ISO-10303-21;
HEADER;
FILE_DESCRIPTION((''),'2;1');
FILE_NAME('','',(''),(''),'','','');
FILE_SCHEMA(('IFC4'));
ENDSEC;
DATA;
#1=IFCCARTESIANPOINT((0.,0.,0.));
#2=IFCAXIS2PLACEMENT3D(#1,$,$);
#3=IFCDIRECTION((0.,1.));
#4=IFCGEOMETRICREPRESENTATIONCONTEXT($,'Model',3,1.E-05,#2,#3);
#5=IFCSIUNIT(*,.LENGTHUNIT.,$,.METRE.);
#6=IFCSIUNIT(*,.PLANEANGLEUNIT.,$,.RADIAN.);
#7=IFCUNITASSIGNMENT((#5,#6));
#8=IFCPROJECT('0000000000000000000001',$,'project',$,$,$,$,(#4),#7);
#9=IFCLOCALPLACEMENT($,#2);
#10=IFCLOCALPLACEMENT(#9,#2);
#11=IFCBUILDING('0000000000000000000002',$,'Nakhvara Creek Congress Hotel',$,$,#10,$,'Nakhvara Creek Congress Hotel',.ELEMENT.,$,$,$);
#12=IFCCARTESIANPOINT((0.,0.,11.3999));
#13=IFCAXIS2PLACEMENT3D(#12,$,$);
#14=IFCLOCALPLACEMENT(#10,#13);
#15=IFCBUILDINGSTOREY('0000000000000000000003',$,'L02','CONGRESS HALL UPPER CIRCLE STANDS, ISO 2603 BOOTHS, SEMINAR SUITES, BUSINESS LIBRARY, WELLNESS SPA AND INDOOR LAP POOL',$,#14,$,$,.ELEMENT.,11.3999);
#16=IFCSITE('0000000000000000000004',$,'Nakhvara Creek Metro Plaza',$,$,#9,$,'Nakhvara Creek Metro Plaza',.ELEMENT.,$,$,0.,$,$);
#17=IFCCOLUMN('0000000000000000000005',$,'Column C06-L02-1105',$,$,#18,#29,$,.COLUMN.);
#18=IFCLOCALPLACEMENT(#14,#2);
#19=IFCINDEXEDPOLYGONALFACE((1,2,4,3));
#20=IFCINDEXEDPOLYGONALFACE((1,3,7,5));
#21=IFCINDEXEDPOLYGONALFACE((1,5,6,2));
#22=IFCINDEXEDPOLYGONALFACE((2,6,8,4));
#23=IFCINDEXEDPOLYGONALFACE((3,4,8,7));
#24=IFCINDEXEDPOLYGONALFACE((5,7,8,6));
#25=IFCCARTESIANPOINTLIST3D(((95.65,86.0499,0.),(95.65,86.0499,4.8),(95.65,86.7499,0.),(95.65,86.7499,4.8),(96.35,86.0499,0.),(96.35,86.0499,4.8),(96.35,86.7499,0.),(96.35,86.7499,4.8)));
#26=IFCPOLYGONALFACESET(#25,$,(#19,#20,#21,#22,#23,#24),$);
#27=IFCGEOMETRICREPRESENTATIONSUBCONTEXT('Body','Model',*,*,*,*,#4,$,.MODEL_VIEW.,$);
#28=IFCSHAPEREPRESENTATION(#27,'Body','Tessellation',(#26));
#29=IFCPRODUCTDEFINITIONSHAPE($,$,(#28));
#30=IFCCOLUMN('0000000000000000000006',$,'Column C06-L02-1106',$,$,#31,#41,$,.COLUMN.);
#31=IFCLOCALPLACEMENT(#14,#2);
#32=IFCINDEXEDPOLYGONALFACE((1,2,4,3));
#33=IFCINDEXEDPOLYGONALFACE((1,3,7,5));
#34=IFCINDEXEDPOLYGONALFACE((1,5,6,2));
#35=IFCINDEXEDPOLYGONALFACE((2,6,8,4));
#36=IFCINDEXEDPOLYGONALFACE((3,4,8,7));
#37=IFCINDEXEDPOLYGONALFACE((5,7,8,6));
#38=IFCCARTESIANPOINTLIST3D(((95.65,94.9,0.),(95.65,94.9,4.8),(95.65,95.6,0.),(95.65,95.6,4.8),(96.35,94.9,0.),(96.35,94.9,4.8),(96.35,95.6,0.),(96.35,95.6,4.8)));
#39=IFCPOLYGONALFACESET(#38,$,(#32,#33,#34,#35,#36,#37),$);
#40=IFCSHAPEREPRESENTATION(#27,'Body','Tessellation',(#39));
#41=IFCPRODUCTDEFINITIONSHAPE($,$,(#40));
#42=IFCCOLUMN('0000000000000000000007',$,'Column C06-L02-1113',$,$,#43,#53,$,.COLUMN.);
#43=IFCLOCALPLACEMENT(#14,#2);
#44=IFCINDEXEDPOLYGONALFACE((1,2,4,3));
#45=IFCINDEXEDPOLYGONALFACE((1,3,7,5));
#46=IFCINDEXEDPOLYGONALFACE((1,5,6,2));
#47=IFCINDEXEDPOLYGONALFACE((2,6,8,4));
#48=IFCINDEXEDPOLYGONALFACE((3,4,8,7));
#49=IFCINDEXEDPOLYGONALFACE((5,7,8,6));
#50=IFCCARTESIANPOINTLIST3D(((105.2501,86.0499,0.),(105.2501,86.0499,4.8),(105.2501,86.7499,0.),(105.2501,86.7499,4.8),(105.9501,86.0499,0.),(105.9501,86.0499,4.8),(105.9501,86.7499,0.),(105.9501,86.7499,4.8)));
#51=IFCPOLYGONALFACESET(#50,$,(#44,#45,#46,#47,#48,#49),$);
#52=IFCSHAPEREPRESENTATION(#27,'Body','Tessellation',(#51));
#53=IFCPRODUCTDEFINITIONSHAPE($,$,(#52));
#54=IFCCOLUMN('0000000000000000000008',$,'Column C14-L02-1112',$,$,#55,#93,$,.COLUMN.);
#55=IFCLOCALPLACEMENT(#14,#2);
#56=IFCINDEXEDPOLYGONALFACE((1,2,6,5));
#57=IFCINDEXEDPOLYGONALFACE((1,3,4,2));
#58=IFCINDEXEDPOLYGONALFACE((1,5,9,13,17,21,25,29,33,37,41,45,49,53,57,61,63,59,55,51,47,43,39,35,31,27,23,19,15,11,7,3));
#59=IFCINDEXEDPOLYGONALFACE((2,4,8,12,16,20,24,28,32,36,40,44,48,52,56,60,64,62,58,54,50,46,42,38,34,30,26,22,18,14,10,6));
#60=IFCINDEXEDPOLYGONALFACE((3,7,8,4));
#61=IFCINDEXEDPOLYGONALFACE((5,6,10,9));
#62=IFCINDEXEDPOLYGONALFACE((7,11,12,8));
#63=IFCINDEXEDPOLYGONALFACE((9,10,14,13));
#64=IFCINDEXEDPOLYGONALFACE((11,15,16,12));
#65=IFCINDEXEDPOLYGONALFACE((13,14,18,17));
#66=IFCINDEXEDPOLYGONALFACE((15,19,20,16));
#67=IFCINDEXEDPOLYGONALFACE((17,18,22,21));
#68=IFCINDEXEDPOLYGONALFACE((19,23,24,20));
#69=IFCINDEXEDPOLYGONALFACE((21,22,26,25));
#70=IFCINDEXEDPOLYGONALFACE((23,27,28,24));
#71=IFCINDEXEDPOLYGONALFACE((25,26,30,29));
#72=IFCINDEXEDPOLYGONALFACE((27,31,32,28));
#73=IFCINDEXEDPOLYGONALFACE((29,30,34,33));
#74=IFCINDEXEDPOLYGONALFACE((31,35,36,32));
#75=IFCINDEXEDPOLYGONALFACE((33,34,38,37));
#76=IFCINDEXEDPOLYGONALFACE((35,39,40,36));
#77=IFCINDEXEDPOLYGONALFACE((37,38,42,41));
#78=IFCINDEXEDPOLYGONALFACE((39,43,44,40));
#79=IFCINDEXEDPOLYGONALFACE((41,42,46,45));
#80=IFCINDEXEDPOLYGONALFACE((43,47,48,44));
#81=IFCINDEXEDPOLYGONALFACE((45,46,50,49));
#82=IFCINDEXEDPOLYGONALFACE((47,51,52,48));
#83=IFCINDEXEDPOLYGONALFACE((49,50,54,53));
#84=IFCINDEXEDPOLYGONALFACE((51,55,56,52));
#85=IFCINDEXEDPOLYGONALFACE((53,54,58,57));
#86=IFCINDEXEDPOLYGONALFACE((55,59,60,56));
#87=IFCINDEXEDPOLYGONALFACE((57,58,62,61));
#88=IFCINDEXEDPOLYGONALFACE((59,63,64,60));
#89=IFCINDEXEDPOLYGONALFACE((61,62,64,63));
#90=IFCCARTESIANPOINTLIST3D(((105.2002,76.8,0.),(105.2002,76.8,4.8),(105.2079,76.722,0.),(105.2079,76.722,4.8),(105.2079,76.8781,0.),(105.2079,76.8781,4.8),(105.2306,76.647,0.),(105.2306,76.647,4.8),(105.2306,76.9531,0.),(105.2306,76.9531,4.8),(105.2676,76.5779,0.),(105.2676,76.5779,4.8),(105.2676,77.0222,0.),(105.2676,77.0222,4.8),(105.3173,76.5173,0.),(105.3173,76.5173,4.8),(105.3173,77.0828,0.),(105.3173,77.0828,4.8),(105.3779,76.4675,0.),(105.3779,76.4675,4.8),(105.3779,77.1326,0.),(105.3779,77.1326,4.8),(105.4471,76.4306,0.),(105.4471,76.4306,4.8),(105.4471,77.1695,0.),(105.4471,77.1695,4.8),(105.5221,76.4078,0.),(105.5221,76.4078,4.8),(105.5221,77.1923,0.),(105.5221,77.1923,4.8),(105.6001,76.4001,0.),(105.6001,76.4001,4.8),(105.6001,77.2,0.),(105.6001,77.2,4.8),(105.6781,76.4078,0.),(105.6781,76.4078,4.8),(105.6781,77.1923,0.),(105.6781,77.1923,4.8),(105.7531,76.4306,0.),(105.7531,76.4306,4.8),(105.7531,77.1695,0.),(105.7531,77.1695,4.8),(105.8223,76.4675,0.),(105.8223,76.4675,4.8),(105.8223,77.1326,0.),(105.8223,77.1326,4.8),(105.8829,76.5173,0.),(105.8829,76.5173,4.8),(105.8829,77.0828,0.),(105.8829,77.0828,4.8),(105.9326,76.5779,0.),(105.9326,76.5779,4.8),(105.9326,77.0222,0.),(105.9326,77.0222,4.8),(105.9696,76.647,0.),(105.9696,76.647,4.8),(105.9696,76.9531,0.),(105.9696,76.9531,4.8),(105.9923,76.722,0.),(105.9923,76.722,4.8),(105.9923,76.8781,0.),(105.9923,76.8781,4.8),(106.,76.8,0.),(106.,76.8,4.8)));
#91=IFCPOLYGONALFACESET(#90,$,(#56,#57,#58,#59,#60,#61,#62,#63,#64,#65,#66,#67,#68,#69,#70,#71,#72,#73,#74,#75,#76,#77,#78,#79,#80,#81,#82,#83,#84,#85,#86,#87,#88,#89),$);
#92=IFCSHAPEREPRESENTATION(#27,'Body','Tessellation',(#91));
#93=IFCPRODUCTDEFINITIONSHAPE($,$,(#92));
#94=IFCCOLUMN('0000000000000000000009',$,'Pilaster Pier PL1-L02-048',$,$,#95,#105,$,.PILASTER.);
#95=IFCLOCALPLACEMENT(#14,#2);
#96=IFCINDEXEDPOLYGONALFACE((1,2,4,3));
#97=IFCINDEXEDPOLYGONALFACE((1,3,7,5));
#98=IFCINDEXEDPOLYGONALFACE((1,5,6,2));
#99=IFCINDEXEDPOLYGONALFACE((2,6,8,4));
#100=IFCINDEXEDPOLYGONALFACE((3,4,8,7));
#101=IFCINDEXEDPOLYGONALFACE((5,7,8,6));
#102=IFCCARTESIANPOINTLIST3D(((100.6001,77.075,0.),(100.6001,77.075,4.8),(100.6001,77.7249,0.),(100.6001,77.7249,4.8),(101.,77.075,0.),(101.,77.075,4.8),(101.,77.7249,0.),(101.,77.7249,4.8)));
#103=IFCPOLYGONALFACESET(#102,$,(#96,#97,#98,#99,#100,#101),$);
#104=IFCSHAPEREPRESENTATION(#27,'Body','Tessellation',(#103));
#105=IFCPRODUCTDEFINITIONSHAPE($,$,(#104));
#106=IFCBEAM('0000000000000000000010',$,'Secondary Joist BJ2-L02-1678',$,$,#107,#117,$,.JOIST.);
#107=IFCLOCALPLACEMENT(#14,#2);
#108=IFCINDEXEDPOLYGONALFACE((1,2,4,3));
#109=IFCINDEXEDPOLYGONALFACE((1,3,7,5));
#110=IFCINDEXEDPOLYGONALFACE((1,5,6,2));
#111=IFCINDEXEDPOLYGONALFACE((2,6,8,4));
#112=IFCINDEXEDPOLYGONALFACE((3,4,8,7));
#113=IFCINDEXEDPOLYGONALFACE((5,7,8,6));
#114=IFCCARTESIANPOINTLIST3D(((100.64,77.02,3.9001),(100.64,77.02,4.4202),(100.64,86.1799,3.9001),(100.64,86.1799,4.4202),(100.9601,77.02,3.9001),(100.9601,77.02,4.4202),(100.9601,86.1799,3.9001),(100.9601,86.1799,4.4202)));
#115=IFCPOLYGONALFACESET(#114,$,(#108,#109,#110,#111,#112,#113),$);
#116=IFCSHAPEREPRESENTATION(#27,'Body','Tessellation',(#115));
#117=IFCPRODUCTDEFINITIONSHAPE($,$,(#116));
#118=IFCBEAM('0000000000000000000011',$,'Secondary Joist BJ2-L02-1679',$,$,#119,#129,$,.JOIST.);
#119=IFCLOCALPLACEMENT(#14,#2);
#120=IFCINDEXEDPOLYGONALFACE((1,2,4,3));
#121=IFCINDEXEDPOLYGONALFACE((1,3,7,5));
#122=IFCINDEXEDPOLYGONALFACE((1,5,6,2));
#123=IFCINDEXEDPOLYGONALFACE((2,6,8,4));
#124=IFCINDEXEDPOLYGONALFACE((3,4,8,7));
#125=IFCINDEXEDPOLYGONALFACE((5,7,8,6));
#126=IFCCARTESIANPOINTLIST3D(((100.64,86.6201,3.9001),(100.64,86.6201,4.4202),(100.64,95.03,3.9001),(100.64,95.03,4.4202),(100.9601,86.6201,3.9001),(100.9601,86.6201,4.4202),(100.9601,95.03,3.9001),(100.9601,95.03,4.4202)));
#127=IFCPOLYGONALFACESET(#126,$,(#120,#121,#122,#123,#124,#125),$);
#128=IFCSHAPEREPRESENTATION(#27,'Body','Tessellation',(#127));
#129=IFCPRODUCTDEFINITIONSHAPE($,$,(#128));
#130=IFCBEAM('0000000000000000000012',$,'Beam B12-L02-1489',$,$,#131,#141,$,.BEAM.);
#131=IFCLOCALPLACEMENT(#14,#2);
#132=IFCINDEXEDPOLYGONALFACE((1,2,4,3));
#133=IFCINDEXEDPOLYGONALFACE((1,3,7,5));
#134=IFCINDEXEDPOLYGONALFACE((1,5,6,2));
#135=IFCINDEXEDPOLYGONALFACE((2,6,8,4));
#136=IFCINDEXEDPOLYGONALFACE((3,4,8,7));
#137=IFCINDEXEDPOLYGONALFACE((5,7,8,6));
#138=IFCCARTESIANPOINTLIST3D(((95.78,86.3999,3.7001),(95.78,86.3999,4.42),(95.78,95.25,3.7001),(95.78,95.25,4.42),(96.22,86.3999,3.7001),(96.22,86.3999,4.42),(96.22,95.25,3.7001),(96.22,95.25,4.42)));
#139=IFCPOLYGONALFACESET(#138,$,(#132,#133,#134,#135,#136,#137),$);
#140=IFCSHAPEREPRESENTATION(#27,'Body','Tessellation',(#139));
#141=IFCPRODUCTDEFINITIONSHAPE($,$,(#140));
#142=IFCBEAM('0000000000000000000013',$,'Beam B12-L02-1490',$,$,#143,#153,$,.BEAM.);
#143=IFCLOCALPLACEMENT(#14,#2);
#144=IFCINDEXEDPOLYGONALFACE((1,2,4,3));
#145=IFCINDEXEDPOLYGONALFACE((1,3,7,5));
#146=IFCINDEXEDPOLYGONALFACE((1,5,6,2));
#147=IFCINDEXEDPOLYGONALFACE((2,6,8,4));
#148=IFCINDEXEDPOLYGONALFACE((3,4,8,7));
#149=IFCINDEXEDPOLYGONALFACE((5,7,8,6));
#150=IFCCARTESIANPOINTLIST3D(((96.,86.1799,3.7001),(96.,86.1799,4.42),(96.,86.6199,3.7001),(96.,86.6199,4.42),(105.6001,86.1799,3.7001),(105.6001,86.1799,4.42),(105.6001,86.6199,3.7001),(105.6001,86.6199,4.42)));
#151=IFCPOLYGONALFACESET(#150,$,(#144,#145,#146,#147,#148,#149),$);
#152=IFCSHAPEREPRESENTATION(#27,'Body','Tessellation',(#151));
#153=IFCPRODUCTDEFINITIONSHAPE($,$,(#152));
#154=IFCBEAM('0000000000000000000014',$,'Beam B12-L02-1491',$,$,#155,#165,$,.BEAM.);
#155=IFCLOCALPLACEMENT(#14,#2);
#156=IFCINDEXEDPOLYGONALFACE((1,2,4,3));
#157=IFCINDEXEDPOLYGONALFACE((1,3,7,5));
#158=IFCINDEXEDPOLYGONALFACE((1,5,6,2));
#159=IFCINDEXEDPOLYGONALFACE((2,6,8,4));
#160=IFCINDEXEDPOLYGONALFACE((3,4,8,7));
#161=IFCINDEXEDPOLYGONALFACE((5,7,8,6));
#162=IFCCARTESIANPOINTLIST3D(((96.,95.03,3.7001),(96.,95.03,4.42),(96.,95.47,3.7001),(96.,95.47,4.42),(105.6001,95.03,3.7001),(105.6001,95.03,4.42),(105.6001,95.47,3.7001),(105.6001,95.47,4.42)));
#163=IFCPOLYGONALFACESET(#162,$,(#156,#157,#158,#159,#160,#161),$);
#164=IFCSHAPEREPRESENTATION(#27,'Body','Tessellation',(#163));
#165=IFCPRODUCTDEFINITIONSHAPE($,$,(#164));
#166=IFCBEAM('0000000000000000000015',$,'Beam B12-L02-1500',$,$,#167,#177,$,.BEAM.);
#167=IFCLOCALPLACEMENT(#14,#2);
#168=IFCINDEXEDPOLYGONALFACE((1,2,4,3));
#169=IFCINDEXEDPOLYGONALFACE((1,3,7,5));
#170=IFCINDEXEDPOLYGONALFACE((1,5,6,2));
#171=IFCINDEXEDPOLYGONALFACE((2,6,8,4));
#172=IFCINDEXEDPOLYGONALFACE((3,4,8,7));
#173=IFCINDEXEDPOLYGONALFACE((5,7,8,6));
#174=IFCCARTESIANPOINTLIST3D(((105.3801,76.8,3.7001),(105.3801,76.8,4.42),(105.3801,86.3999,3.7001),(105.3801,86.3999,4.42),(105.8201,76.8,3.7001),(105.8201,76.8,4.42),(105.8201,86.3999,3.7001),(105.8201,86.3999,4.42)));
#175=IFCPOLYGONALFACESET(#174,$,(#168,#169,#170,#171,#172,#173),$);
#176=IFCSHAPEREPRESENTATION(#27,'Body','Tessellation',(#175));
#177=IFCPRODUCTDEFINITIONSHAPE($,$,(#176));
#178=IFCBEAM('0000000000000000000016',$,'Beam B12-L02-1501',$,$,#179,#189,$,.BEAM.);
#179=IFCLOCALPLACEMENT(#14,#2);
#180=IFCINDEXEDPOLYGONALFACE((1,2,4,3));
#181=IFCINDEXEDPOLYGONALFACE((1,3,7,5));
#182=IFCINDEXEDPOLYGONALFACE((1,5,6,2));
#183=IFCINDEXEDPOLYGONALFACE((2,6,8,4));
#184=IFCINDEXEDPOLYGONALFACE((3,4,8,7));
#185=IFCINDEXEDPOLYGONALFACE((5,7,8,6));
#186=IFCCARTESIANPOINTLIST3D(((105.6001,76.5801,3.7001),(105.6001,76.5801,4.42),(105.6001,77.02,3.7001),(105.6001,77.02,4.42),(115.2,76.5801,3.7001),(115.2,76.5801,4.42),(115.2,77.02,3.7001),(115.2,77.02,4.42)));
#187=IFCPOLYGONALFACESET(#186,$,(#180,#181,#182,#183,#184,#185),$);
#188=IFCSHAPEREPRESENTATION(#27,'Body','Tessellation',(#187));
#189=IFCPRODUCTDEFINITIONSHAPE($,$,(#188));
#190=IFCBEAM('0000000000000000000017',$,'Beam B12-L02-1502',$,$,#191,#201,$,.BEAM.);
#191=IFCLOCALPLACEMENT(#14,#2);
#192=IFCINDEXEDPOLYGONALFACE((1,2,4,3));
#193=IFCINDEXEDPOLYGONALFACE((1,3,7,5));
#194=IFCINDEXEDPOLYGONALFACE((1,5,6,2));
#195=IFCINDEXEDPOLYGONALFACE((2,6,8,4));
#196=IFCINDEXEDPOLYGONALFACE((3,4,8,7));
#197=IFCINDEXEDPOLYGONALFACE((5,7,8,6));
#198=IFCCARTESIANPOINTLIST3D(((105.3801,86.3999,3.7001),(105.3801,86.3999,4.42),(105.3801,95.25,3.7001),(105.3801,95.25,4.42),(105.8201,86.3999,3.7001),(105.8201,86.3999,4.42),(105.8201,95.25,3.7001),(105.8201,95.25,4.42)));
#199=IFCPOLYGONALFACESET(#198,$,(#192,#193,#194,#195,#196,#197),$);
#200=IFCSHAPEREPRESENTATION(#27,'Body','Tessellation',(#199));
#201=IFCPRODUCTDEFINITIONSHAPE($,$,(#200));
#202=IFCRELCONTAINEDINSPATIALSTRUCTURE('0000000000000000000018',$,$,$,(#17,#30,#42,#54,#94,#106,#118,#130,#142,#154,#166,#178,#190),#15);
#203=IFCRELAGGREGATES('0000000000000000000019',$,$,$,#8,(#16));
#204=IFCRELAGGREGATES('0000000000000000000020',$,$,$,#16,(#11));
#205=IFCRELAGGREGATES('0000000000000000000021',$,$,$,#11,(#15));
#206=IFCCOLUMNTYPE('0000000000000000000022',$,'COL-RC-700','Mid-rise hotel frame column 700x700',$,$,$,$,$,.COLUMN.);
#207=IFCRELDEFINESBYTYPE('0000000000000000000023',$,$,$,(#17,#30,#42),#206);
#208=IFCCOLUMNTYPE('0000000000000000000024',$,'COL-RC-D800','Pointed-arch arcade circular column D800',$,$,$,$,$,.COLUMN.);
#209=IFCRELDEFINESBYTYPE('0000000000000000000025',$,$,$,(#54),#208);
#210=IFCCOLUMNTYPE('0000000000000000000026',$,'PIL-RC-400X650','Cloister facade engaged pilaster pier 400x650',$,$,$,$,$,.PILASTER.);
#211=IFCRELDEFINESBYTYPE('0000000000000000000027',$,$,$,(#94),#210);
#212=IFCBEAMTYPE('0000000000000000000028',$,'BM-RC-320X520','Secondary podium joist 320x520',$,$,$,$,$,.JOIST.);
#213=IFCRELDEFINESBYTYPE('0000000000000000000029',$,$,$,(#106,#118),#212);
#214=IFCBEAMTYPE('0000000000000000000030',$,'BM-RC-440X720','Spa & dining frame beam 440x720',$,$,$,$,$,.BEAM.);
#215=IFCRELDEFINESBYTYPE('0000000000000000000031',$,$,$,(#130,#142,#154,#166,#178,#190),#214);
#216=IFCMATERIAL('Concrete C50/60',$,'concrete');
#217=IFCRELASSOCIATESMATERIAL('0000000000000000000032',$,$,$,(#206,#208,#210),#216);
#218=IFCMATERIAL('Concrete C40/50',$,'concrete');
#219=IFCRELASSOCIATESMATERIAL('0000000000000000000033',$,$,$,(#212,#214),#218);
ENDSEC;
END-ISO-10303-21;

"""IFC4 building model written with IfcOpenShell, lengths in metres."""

from ifc_helpers import new_model, si_unit, direction, frame, origin, origin_2d, place, context, subcontext, project, spatial, rectangle, circle, extrude, material, material_profile, profile_set, type_object, element, save


model = new_model("IFC4")

# Units and contexts
model_context = context("Model", 3, precision=1e-05, world=origin(), true_north=direction((0.0, 1.0)))
body_context = subcontext(model_context, "Body", "Model", "MODEL_VIEW")
ifc_project = project(units=[si_unit("LENGTHUNIT", "METRE"), si_unit("PLANEANGLEUNIT", "RADIAN")], contexts=[model_context])

# Site, building, storey
site_placement = place(None, origin())
site = spatial("IfcSite", under=ifc_project, at=site_placement, Name="Nakhvara Creek Metro Plaza", LongName="Nakhvara Creek Metro Plaza", CompositionType="ELEMENT", RefElevation=0.0)
building_placement = place(site_placement, origin())
building = spatial("IfcBuilding", under=site, at=building_placement, Name="Nakhvara Creek Congress Hotel", LongName="Nakhvara Creek Congress Hotel", CompositionType="ELEMENT")
storey_placement = place(building_placement, frame((0.0, 0.0, 11.3999)))
storey = spatial("IfcBuildingStorey", under=building, at=storey_placement, Name="L02", Description="CONGRESS HALL UPPER CIRCLE STANDS, ISO 2603 BOOTHS, SEMINAR SUITES, BUSINESS LIBRARY, WELLNESS SPA AND INDOOR LAP POOL", CompositionType="ELEMENT", Elevation=11.3999)

# Columns
ifc_material_1 = material(Name="Concrete C50/60", Category="concrete")
ifc_material_profile_1 = material_profile(ifc_material_1, rectangle(XDim=0.7, YDim=0.7, at=origin_2d()), Name="RC-COL 700x700", Category="LoadBearing")
ifc_profile_set_1 = profile_set([ifc_material_profile_1], Name="Concrete C50/60")
column_type_1 = type_object("IfcColumnType", Name="COL-RC-700", Description="Mid-rise hotel frame column 700x700", PredefinedType="COLUMN", material=ifc_profile_set_1)
for number, where, z_axis, x_axis, name in (
    (1, (96.0, 86.3999, 0.0), (0.0, 0.0, 1.0), (1.0, 0.0, 0.0), "Column C06-L02-1105"),
    (2, (96.0, 95.25, 0.0), (0.0, 0.0, 1.0), (1.0, 0.0, 0.0), "Column C06-L02-1106"),
    (3, (105.6001, 86.3999, 0.0), (0.0, 0.0, 1.0), (1.0, 0.0, 0.0), "Column C06-L02-1113"),
):
    element("IfcColumn", number, at=place(storey_placement, frame(where, z_axis=z_axis, x_axis=x_axis)), inside=storey, type_object=column_type_1, Name=name, PredefinedType="COLUMN", context=body_context, shape_type="SweptSolid", body=[
        extrude(rectangle(XDim=0.7, YDim=0.7, at=origin_2d()), origin(), (0.0, 0.0, 1.0), 4.8),
    ])
ifc_material_profile_2 = material_profile(ifc_material_1, circle(Radius=0.3999, at=origin_2d()), Name="RC-COL D800", Category="LoadBearing")
ifc_profile_set_2 = profile_set([ifc_material_profile_2], Name="Concrete C50/60")
column_type_2 = type_object("IfcColumnType", Name="COL-RC-D800", Description="Pointed-arch arcade circular column D800", PredefinedType="COLUMN", material=ifc_profile_set_2)
column_1_placement = place(storey_placement, frame((105.6001, 76.8, 0.0), z_axis=(0.0, 0.0, 1.0), x_axis=(1.0, 0.0, 0.0)))
element("IfcColumn", 4, at=column_1_placement, inside=storey, type_object=column_type_2, Name="Column C14-L02-1112", PredefinedType="COLUMN", context=body_context, shape_type="SweptSolid", body=[
    extrude(circle(Radius=0.3999, at=origin_2d()), origin(), (0.0, 0.0, 1.0), 4.8),
])
ifc_material_profile_3 = material_profile(ifc_material_1, rectangle(XDim=0.3999, YDim=0.6499, at=origin_2d()), Name="RC-PIL 400x650", Category="LoadBearing")
ifc_profile_set_3 = profile_set([ifc_material_profile_3], Name="Concrete C50/60")
column_type_3 = type_object("IfcColumnType", Name="PIL-RC-400X650", Description="Cloister facade engaged pilaster pier 400x650", PredefinedType="PILASTER", material=ifc_profile_set_3)
column_2_placement = place(storey_placement, frame((100.8, 77.3999, 0.0), z_axis=(0.0, 0.0, 1.0), x_axis=(1.0, 0.0, 0.0)))
element("IfcColumn", 5, at=column_2_placement, inside=storey, type_object=column_type_3, Name="Pilaster Pier PL1-L02-048", PredefinedType="PILASTER", context=body_context, shape_type="SweptSolid", body=[
    extrude(rectangle(XDim=0.3999, YDim=0.6499, at=origin_2d()), origin(), (0.0, 0.0, 1.0), 4.8),
])

# Beams
ifc_material_2 = material(Name="Concrete C40/50", Category="concrete")
ifc_material_profile_4 = material_profile(ifc_material_2, rectangle(XDim=0.3201, YDim=0.52, at=origin_2d()), Name="RC-BM 320x520", Category="LoadBearing")
ifc_profile_set_4 = profile_set([ifc_material_profile_4], Name="Concrete C40/50")
beam_type_1 = type_object("IfcBeamType", Name="BM-RC-320X520", Description="Secondary podium joist 320x520", PredefinedType="JOIST", material=ifc_profile_set_4)
beam_1_placement = place(storey_placement, frame((100.8, 77.02, 4.1602), z_axis=(0.0, 1.0, 0.0), x_axis=(-1.0, 0.0, 0.0)))
element("IfcBeam", 6, at=beam_1_placement, inside=storey, type_object=beam_type_1, Name="Secondary Joist BJ2-L02-1678", PredefinedType="JOIST", context=body_context, shape_type="SweptSolid", body=[
    extrude(rectangle(XDim=0.3201, YDim=0.52, at=origin_2d()), origin(), (0.0, 0.0, 1.0), 9.1599),
])
beam_2_placement = place(storey_placement, frame((100.8, 86.6201, 4.1602), z_axis=(0.0, 1.0, 0.0), x_axis=(-1.0, 0.0, 0.0)))
element("IfcBeam", 7, at=beam_2_placement, inside=storey, type_object=beam_type_1, Name="Secondary Joist BJ2-L02-1679", PredefinedType="JOIST", context=body_context, shape_type="SweptSolid", body=[
    extrude(rectangle(XDim=0.3201, YDim=0.52, at=origin_2d()), origin(), (0.0, 0.0, 1.0), 8.4099),
])
ifc_material_profile_5 = material_profile(ifc_material_2, rectangle(XDim=0.4399, YDim=0.72, at=origin_2d()), Name="RC-BM 440x720", Category="LoadBearing")
ifc_profile_set_5 = profile_set([ifc_material_profile_5], Name="Concrete C40/50")
beam_type_2 = type_object("IfcBeamType", Name="BM-RC-440X720", Description="Spa & dining frame beam 440x720", PredefinedType="BEAM", material=ifc_profile_set_5)
beam_3_placement = place(storey_placement, frame((96.0, 86.3999, 4.0601), z_axis=(0.0, 1.0, 0.0), x_axis=(-1.0, 0.0, 0.0)))
element("IfcBeam", 8, at=beam_3_placement, inside=storey, type_object=beam_type_2, Name="Beam B12-L02-1489", PredefinedType="BEAM", context=body_context, shape_type="SweptSolid", body=[
    extrude(rectangle(XDim=0.4399, YDim=0.72, at=origin_2d()), origin(), (0.0, 0.0, 1.0), 8.8501),
])
for number, where, z_axis, x_axis, name in (
    (9, (96.0, 86.3999, 4.0601), (1.0, 0.0, 0.0), (0.0, 1.0, 0.0), "Beam B12-L02-1490"),
    (10, (96.0, 95.25, 4.0601), (1.0, 0.0, 0.0), (0.0, 1.0, 0.0), "Beam B12-L02-1491"),
):
    element("IfcBeam", number, at=place(storey_placement, frame(where, z_axis=z_axis, x_axis=x_axis)), inside=storey, type_object=beam_type_2, Name=name, PredefinedType="BEAM", context=body_context, shape_type="SweptSolid", body=[
        extrude(rectangle(XDim=0.4399, YDim=0.72, at=origin_2d()), origin(), (0.0, 0.0, 1.0), 9.6001),
    ])
for number, where, z_axis, x_axis, name in (
    (11, (105.6001, 76.8, 4.0601), (0.0, 1.0, 0.0), (-1.0, 0.0, 0.0), "Beam B12-L02-1500"),
    (12, (105.6001, 76.8, 4.0601), (1.0, 0.0, 0.0), (0.0, 1.0, 0.0), "Beam B12-L02-1501"),
):
    element("IfcBeam", number, at=place(storey_placement, frame(where, z_axis=z_axis, x_axis=x_axis)), inside=storey, type_object=beam_type_2, Name=name, PredefinedType="BEAM", context=body_context, shape_type="SweptSolid", body=[
        extrude(rectangle(XDim=0.4399, YDim=0.72, at=origin_2d()), origin(), (0.0, 0.0, 1.0), 9.5999),
    ])
beam_4_placement = place(storey_placement, frame((105.6001, 86.3999, 4.0601), z_axis=(0.0, 1.0, 0.0), x_axis=(-1.0, 0.0, 0.0)))
element("IfcBeam", 13, at=beam_4_placement, inside=storey, type_object=beam_type_2, Name="Beam B12-L02-1502", PredefinedType="BEAM", context=body_context, shape_type="SweptSolid", body=[
    extrude(rectangle(XDim=0.4399, YDim=0.72, at=origin_2d()), origin(), (0.0, 0.0, 1.0), 8.8501),
])

save(model, "model.ifc")
